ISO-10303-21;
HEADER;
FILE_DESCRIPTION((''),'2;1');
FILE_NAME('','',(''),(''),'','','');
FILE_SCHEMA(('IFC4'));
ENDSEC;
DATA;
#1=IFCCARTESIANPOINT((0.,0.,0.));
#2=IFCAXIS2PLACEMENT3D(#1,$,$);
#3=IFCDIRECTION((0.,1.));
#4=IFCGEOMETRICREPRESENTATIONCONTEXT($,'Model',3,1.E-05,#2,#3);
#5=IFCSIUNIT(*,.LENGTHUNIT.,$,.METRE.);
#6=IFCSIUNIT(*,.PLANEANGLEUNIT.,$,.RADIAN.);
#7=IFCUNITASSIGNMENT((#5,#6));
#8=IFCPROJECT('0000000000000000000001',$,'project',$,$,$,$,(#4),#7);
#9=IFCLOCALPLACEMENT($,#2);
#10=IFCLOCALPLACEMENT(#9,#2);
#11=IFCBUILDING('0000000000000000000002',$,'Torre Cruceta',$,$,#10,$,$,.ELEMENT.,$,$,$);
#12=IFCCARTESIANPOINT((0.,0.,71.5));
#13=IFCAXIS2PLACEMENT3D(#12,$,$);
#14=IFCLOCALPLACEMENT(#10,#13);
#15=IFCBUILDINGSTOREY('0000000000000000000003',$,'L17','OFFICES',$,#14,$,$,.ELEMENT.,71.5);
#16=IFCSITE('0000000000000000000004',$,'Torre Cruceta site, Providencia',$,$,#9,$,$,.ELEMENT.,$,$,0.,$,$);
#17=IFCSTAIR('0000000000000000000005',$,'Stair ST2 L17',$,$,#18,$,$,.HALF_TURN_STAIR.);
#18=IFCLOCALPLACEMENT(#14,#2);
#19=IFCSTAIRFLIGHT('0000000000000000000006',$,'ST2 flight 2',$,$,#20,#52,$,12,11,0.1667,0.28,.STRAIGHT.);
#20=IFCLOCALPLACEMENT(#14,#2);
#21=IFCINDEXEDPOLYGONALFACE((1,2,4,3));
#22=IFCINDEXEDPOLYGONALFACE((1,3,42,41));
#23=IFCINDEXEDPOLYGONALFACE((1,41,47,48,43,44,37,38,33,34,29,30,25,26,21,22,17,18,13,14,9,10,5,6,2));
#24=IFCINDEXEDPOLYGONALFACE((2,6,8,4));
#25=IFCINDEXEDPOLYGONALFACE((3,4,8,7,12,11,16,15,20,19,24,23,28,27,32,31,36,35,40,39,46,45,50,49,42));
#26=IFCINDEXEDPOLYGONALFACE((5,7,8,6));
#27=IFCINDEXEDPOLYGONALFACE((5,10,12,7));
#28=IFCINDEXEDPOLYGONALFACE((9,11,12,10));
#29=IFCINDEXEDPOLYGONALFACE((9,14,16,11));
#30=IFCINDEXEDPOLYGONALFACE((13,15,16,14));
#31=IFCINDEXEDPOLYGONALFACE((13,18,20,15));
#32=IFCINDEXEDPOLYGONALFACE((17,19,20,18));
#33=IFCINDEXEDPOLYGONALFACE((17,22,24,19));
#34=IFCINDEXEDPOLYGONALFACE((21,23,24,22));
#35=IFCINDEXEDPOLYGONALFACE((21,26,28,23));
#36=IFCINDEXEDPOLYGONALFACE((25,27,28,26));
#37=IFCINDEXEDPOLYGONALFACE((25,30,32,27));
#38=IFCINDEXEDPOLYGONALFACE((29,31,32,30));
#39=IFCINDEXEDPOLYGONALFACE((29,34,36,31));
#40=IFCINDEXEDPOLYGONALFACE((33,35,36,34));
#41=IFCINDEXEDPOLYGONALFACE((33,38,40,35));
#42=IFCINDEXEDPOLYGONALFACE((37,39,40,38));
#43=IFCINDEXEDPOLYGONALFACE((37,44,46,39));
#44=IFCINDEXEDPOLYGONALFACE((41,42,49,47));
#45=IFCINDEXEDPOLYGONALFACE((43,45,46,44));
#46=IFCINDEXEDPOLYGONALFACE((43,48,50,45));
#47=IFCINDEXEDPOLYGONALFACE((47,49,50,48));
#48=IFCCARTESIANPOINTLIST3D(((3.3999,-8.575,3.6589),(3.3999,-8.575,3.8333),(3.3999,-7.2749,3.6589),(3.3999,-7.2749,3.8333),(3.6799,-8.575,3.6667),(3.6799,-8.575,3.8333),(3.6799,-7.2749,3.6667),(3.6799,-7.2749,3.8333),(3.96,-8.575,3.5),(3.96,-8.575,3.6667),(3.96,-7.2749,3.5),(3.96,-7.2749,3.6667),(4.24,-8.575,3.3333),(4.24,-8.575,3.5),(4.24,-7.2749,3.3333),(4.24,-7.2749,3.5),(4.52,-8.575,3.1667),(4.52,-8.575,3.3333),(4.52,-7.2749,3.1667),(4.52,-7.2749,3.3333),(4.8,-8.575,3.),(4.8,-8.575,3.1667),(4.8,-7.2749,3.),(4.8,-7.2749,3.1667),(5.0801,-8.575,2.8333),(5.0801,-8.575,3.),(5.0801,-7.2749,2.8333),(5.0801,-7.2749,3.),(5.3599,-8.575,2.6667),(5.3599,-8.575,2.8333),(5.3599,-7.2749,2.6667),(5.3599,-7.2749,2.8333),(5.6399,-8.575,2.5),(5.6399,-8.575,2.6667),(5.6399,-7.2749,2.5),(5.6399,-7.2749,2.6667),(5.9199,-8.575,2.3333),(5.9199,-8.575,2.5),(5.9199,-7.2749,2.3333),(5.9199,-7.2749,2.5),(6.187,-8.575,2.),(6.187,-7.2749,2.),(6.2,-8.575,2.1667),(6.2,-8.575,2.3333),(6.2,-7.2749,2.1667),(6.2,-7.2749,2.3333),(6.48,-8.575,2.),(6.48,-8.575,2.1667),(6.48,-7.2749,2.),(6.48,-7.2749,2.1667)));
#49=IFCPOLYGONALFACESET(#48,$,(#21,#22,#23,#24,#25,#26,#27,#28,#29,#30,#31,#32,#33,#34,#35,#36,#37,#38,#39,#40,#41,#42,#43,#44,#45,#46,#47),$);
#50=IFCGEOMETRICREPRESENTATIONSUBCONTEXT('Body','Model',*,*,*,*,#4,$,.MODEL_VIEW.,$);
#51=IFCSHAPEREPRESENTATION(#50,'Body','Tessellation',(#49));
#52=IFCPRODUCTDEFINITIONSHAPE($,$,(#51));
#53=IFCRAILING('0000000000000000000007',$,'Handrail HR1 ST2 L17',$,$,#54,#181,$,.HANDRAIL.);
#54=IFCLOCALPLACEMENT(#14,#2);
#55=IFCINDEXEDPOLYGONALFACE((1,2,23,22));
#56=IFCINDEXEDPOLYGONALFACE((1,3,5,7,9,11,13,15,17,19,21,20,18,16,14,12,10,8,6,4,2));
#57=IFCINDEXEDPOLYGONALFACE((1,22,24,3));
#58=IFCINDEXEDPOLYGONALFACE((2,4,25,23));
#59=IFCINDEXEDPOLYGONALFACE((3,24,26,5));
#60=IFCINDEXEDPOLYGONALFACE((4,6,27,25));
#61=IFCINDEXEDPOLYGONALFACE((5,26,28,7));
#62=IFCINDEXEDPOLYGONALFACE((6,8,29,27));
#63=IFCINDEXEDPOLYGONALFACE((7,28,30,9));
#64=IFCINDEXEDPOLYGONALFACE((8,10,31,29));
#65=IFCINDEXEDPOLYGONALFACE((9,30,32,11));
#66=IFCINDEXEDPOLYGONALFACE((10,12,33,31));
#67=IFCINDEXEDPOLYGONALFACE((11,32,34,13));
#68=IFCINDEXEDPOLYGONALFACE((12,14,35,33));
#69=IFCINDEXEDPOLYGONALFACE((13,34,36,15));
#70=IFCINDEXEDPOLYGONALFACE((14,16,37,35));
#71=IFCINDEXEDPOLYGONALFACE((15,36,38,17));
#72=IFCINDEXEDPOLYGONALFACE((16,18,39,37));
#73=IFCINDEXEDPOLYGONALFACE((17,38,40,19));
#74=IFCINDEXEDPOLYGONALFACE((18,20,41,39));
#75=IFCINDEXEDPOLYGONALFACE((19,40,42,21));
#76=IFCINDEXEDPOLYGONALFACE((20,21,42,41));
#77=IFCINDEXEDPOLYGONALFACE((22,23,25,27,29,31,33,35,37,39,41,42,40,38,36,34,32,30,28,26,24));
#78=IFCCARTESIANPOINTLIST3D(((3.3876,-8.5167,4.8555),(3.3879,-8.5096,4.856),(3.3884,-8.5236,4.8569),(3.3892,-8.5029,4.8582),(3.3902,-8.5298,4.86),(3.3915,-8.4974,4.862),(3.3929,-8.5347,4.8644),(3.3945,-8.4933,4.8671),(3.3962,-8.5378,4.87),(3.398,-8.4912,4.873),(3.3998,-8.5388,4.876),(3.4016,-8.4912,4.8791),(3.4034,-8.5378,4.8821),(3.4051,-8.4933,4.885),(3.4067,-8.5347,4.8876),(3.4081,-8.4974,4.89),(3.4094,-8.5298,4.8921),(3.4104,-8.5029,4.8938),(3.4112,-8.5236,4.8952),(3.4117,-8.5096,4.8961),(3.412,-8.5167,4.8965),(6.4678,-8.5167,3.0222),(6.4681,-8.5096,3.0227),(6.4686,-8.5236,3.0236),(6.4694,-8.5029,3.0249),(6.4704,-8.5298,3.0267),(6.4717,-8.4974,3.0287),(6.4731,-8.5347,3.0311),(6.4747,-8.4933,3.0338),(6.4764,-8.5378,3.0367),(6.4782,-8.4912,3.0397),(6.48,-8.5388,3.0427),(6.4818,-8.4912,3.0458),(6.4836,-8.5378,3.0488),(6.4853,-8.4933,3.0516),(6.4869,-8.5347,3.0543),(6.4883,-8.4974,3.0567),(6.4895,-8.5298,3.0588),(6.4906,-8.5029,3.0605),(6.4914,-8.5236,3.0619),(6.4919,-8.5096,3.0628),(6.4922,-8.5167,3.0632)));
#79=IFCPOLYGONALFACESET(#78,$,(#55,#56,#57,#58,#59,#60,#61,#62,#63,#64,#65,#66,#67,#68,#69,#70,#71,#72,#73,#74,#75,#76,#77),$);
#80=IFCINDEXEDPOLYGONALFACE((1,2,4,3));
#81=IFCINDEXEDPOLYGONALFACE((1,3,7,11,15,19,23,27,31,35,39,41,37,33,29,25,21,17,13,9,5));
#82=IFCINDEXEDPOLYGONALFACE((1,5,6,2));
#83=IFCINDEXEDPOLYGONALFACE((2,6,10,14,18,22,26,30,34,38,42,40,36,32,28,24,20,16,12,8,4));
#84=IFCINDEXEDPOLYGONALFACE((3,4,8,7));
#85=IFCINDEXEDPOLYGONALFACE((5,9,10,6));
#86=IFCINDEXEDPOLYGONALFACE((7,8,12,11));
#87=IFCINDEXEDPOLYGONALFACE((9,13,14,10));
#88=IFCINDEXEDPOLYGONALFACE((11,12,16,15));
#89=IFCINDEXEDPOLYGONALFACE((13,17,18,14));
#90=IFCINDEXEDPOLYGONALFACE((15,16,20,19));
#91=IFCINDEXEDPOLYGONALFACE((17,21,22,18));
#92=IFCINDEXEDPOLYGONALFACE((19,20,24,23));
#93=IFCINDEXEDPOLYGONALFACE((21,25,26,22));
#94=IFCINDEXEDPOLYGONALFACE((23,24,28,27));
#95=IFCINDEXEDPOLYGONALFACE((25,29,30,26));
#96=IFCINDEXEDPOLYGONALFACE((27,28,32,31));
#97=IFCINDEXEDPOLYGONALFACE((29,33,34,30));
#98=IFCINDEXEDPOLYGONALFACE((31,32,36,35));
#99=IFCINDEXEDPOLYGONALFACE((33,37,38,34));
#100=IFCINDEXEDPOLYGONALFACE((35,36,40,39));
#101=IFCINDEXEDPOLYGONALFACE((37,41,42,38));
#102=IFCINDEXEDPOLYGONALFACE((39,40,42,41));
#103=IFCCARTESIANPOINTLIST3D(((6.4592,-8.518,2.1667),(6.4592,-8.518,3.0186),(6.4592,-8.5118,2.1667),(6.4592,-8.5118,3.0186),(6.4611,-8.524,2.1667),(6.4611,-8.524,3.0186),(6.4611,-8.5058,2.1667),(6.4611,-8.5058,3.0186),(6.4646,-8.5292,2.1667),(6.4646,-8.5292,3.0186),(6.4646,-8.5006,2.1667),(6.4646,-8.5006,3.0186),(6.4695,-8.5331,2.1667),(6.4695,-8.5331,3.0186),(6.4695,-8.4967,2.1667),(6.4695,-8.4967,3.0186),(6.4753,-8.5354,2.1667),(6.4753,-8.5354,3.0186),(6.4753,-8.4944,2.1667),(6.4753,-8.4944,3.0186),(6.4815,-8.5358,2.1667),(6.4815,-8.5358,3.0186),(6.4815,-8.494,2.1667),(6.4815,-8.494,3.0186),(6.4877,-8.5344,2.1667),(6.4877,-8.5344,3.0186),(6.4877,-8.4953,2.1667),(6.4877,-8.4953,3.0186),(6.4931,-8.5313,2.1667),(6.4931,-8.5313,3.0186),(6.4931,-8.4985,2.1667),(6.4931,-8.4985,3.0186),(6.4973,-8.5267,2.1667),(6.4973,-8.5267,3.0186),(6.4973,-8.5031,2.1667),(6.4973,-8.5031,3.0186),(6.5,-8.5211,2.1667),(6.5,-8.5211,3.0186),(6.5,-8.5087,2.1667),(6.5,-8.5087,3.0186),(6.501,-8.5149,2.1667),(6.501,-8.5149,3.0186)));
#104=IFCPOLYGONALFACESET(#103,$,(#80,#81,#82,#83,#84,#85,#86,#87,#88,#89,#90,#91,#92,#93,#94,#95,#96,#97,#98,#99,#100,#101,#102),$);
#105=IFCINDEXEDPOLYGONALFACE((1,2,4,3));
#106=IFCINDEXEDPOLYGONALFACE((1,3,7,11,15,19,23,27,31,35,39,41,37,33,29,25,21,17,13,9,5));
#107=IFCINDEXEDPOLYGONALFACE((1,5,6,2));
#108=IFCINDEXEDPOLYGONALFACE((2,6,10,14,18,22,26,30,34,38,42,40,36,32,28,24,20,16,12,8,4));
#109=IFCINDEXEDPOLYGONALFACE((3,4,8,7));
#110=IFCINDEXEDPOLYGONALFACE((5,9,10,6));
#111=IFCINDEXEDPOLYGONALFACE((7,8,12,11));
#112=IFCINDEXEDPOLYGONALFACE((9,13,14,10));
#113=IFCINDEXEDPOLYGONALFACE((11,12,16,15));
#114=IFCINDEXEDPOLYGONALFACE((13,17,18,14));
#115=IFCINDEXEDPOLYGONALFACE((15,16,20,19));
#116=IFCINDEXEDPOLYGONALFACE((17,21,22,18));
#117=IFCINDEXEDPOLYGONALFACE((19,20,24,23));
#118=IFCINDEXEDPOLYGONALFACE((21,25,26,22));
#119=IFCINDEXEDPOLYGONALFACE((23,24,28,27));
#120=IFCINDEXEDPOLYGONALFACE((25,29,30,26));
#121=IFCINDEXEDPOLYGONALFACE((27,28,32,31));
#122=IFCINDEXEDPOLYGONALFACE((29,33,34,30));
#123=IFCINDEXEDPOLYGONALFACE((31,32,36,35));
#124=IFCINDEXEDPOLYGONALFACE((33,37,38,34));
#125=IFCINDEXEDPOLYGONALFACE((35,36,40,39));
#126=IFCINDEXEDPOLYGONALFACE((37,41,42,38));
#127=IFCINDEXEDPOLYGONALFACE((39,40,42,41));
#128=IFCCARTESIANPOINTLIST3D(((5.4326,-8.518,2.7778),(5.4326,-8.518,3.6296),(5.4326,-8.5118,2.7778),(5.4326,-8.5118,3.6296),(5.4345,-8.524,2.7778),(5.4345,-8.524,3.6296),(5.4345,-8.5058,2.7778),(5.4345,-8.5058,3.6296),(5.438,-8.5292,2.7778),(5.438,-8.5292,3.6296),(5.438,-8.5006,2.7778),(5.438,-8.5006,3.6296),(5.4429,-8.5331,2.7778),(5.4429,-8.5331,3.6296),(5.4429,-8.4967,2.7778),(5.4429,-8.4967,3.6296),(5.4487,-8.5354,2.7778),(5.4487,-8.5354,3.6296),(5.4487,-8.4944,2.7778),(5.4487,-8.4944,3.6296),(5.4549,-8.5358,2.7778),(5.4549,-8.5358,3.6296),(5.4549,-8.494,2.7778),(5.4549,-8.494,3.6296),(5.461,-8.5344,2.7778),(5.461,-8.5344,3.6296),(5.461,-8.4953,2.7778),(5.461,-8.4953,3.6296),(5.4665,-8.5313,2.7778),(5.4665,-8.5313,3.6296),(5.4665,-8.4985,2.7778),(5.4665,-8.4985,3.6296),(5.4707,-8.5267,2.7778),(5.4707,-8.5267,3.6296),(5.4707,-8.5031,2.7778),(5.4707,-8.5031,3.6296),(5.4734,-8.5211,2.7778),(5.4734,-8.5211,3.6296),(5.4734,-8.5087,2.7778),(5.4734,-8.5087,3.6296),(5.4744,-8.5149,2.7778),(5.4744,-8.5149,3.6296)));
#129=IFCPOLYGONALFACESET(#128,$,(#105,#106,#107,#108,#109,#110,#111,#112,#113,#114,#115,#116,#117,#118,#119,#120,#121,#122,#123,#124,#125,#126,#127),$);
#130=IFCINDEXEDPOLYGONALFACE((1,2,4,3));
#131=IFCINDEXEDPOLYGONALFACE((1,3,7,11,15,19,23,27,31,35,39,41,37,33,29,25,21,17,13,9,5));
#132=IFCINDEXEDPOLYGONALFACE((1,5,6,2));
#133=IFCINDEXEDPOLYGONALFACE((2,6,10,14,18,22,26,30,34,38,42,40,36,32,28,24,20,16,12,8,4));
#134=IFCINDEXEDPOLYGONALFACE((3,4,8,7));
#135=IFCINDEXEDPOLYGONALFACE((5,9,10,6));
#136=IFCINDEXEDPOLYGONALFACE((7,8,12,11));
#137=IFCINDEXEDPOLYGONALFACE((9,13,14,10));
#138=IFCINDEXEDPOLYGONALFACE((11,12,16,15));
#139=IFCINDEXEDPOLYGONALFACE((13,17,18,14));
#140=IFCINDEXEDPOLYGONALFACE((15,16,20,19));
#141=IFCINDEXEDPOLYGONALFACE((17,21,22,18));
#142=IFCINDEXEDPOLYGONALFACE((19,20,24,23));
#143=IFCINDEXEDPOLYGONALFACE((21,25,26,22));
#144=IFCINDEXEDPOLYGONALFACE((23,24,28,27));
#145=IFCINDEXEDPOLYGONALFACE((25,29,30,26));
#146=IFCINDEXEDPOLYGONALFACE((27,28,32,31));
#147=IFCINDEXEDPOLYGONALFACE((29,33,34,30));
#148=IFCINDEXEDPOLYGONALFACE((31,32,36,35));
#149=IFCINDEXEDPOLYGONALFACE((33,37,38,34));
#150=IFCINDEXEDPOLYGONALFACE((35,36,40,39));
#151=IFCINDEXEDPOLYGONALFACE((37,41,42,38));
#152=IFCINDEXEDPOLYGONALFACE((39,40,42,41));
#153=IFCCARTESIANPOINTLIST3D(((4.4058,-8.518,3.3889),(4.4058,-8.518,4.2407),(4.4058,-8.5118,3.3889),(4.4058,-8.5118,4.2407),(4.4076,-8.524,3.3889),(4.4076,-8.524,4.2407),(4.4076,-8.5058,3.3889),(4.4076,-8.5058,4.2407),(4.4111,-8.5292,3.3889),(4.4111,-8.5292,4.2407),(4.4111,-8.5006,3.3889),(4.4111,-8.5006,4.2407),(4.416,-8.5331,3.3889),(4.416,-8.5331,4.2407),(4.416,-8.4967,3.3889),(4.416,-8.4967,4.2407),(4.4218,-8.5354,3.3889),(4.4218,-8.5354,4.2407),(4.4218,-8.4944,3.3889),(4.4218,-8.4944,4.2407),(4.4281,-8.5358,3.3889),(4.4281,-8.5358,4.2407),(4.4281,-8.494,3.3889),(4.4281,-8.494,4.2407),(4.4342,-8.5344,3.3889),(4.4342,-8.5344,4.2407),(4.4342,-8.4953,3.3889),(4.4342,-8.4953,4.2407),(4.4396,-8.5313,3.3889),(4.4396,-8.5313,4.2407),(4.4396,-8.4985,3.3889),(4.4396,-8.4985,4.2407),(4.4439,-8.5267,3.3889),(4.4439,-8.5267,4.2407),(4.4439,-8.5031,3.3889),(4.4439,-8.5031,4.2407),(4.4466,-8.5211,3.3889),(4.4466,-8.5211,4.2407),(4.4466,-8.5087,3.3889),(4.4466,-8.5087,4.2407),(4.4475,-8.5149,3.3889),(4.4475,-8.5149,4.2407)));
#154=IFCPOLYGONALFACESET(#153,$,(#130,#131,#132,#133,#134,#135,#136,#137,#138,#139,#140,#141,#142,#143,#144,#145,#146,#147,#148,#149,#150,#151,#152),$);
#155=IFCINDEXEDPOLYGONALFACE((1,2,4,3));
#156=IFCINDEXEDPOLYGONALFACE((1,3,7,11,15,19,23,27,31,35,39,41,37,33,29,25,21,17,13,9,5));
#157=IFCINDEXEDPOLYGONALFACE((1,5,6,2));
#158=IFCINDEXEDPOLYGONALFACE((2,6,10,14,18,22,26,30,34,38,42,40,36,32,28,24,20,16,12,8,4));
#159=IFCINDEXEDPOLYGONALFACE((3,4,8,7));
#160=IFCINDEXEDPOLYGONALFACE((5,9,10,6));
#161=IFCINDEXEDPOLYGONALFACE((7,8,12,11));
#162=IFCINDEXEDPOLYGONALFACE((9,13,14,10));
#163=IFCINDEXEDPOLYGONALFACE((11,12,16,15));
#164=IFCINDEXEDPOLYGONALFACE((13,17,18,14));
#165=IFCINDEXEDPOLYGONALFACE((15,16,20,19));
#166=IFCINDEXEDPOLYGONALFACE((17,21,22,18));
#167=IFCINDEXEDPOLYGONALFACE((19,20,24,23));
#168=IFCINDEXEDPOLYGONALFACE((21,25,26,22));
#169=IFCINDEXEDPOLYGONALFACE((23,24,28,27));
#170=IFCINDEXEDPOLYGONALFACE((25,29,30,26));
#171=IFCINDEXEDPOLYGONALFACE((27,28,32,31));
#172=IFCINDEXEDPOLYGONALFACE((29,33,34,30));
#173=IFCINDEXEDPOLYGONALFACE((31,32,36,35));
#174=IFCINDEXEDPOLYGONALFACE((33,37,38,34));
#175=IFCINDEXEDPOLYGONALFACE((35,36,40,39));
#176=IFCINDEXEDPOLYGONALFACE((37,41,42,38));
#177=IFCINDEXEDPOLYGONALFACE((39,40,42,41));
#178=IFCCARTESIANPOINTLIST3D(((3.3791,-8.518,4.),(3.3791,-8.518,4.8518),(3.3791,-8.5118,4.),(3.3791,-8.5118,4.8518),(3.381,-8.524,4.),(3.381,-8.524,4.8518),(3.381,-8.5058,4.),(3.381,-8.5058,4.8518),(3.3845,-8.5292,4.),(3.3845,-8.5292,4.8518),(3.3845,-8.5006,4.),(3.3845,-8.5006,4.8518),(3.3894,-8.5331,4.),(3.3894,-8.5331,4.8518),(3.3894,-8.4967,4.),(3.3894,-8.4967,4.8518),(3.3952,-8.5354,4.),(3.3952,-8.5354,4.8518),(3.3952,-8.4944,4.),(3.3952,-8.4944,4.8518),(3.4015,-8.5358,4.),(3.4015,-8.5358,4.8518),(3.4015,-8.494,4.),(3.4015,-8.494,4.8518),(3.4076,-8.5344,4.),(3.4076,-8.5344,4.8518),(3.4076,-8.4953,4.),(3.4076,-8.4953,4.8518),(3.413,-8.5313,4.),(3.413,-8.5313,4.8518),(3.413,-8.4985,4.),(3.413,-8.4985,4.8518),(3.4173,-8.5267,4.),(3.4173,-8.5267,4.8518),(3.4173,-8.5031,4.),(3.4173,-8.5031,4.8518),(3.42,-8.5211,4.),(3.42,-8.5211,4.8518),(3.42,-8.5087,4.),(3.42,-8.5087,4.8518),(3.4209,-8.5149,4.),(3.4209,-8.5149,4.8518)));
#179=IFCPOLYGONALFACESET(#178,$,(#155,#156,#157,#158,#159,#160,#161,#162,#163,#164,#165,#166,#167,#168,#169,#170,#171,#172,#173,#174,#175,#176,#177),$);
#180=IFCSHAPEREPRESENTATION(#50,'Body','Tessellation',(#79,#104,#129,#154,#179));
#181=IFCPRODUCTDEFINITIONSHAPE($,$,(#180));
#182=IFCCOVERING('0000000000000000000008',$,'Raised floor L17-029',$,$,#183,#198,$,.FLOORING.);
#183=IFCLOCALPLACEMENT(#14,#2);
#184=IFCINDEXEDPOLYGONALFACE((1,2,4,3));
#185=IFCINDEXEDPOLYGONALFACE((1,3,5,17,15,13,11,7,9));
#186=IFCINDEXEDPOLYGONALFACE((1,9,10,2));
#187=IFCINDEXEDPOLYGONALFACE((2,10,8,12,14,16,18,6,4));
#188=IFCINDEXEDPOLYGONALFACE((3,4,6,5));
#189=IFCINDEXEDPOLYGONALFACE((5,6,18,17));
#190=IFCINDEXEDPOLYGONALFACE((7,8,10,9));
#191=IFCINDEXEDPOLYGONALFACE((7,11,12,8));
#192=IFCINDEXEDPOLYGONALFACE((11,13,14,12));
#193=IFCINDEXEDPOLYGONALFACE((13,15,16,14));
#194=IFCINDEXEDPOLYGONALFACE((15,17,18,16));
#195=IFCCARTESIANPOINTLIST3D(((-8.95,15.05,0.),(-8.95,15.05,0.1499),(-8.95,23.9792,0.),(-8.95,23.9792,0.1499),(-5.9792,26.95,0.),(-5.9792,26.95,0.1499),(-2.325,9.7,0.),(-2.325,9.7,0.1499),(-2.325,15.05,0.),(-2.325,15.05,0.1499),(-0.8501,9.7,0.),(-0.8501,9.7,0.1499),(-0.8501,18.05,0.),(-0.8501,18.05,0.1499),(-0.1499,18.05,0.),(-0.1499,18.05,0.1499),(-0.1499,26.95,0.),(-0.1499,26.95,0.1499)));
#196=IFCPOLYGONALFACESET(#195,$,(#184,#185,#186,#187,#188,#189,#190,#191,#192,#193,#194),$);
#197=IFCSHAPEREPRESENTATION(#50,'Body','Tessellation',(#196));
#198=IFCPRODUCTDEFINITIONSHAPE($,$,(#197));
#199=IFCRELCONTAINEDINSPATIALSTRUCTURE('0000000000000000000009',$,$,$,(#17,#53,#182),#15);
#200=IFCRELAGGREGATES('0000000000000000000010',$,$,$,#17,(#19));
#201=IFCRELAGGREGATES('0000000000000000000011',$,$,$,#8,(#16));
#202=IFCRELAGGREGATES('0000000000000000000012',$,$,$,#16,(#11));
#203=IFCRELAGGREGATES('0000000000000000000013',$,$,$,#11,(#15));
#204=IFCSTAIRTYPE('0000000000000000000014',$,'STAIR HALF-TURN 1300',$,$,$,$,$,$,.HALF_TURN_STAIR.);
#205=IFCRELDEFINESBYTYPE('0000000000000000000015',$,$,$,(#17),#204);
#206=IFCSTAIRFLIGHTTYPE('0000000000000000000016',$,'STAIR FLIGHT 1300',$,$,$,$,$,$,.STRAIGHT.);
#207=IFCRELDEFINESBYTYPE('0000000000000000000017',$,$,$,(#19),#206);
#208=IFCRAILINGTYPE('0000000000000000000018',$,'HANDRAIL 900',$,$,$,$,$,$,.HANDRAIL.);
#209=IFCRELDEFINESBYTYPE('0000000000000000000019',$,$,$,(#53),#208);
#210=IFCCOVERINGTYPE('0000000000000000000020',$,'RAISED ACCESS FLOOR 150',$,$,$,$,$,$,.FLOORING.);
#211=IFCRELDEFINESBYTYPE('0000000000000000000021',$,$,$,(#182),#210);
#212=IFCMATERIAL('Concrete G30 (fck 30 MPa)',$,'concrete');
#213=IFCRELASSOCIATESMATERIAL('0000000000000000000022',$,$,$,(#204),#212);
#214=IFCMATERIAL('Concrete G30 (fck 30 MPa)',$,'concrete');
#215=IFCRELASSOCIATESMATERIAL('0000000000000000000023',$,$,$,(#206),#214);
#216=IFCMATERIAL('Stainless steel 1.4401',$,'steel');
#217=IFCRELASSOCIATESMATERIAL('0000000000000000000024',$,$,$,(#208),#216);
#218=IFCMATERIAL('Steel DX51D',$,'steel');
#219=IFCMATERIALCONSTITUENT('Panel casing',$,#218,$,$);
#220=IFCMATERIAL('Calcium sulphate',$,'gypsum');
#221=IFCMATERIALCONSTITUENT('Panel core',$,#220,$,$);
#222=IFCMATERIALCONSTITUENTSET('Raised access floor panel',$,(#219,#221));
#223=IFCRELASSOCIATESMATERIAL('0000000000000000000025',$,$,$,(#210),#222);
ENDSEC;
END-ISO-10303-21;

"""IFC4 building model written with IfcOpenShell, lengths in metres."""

from ifc_helpers import new_model, si_unit, direction, frame, origin, origin_2d, place, context, subcontext, project, spatial, polyline, circle, outline, extrude, material, constituent, constituent_set, type_object, element, aggregate, save


model = new_model("IFC4")

# Units and contexts
model_context = context("Model", 3, precision=1e-05, world=origin(), true_north=direction((0.0, 1.0)))
body_context = subcontext(model_context, "Body", "Model", "MODEL_VIEW")
ifc_project = project(units=[si_unit("LENGTHUNIT", "METRE"), si_unit("PLANEANGLEUNIT", "RADIAN")], contexts=[model_context])

# Site, building, storey
site_placement = place(None, origin())
site = spatial("IfcSite", under=ifc_project, at=site_placement, Name="Torre Cruceta site, Providencia", CompositionType="ELEMENT", RefElevation=0.0)
building_placement = place(site_placement, origin())
building = spatial("IfcBuilding", under=site, at=building_placement, Name="Torre Cruceta", CompositionType="ELEMENT")
storey_placement = place(building_placement, frame((0.0, 0.0, 71.5)))
storey = spatial("IfcBuildingStorey", under=building, at=storey_placement, Name="L17", Description="OFFICES", CompositionType="ELEMENT", Elevation=71.5)

# Stair
ifc_material_1 = material(Name="Concrete G30 (fck 30 MPa)", Category="concrete")
stair_type = type_object("IfcStairType", Name="STAIR HALF-TURN 1300", PredefinedType="HALF_TURN_STAIR", material=ifc_material_1)
stair_placement = place(storey_placement, origin())
stair = element("IfcStair", 1, at=stair_placement, inside=storey, type_object=stair_type, Name="Stair ST2 L17", PredefinedType="HALF_TURN_STAIR")

# Stair flight
ifc_material_2 = material(Name="Concrete G30 (fck 30 MPa)", Category="concrete")
stair_flight_type = type_object("IfcStairFlightType", Name="STAIR FLIGHT 1300", PredefinedType="STRAIGHT", material=ifc_material_2)
stair_flight_1_placement = place(storey_placement, frame((6.48, -7.925, 2.0), z_axis=(0.0, 0.0, 1.0), x_axis=(-1.0, 0.0, 0.0)))
stair_flight_1 = element("IfcStairFlight", 2, at=stair_flight_1_placement, type_object=stair_flight_type, Name="ST2 flight 2", NumberOfRisers=12, NumberOfTreads=11, PredefinedType="STRAIGHT", RiserHeight=0.1667, TreadLength=0.28, context=body_context, shape_type="SweptSolid", body=[
    extrude(outline(polyline([(0.0, 0.0), (0.0, 0.1667), (0.28, 0.1667), (0.28, 0.3333), (0.5601, 0.3333), (0.5601, 0.5), (0.8401, 0.5), (0.8401, 0.6667), (1.1201, 0.6667), (1.1201, 0.8333), (1.3999, 0.8333), (1.3999, 1.0), (1.6799, 1.0), (1.6799, 1.1667), (1.96, 1.1667), (1.96, 1.3333), (2.24, 1.3333), (2.24, 1.5), (2.52, 1.5), (2.52, 1.6667), (2.8, 1.6667), (2.8, 1.8333), (3.0801, 1.8333), (3.0801, 2.0), (3.0801, 1.6589), (0.293, 0.0), (0.0, 0.0)])), frame((0.0, 0.6499, 0.0), z_axis=(0.0, -1.0, 0.0), x_axis=(1.0, 0.0, 0.0)), (0.0, 0.0, 1.0), 1.3),
])
aggregate(stair, [stair_flight_1])

# Railing
ifc_material_3 = material(Name="Stainless steel 1.4401", Category="steel")
railing_type = type_object("IfcRailingType", Name="HANDRAIL 900", PredefinedType="HANDRAIL", material=ifc_material_3)
railing_1_placement = place(storey_placement, frame((6.48, -8.5149, 2.1667)))
element("IfcRailing", 3, at=railing_1_placement, inside=storey, type_object=railing_type, Name="Handrail HR1 ST2 L17", PredefinedType="HANDRAIL", context=body_context, shape_type="SweptSolid", body=[
    extrude(circle(Radius=0.0239, at=origin_2d()), frame((0.0, 0.0, 0.876), z_axis=(-0.859309, 0.0, 0.511458), x_axis=(0.0, -1.0, 0.0)), (0.0, 0.0, 1.0), 3.5845),
    extrude(circle(Radius=0.021, at=origin_2d()), origin(), (0.0, 0.0, 1.0), 0.8518),
    extrude(circle(Radius=0.021, at=origin_2d()), frame((-1.0266, 0.0, 0.6111)), (0.0, 0.0, 1.0), 0.8518),
    extrude(circle(Radius=0.021, at=origin_2d()), frame((-2.0535, 0.0, 1.2222)), (0.0, 0.0, 1.0), 0.8518),
    extrude(circle(Radius=0.021, at=origin_2d()), frame((-3.0801, 0.0, 1.8333)), (0.0, 0.0, 1.0), 0.8518),
])

# Covering
ifc_material_4 = material(Name="Steel DX51D", Category="steel")
ifc_constituent_1 = constituent(ifc_material_4, Name="Panel casing")
ifc_material_5 = material(Name="Calcium sulphate", Category="gypsum")
ifc_constituent_2 = constituent(ifc_material_5, Name="Panel core")
ifc_constituent_set_1 = constituent_set(constituents=[ifc_constituent_1, ifc_constituent_2], Name="Raised access floor panel")
covering_type_1 = type_object("IfcCoveringType", Name="RAISED ACCESS FLOOR 150", PredefinedType="FLOORING", material=ifc_constituent_set_1)
covering_1_placement = place(storey_placement, origin())
element("IfcCovering", 4, at=covering_1_placement, inside=storey, type_object=covering_type_1, Name="Raised floor L17-029", PredefinedType="FLOORING", context=body_context, shape_type="SweptSolid", body=[
    extrude(outline(polyline([(-0.1499, 26.95), (-0.1499, 18.05), (-0.8501, 18.05), (-0.8501, 9.7), (-2.325, 9.7), (-2.325, 15.05), (-8.95, 15.05), (-8.95, 23.9792), (-5.9792, 26.95), (-0.1499, 26.95)])), origin(), (0.0, 0.0, 1.0), 0.1499),
])

save(model, "model.ifc")
